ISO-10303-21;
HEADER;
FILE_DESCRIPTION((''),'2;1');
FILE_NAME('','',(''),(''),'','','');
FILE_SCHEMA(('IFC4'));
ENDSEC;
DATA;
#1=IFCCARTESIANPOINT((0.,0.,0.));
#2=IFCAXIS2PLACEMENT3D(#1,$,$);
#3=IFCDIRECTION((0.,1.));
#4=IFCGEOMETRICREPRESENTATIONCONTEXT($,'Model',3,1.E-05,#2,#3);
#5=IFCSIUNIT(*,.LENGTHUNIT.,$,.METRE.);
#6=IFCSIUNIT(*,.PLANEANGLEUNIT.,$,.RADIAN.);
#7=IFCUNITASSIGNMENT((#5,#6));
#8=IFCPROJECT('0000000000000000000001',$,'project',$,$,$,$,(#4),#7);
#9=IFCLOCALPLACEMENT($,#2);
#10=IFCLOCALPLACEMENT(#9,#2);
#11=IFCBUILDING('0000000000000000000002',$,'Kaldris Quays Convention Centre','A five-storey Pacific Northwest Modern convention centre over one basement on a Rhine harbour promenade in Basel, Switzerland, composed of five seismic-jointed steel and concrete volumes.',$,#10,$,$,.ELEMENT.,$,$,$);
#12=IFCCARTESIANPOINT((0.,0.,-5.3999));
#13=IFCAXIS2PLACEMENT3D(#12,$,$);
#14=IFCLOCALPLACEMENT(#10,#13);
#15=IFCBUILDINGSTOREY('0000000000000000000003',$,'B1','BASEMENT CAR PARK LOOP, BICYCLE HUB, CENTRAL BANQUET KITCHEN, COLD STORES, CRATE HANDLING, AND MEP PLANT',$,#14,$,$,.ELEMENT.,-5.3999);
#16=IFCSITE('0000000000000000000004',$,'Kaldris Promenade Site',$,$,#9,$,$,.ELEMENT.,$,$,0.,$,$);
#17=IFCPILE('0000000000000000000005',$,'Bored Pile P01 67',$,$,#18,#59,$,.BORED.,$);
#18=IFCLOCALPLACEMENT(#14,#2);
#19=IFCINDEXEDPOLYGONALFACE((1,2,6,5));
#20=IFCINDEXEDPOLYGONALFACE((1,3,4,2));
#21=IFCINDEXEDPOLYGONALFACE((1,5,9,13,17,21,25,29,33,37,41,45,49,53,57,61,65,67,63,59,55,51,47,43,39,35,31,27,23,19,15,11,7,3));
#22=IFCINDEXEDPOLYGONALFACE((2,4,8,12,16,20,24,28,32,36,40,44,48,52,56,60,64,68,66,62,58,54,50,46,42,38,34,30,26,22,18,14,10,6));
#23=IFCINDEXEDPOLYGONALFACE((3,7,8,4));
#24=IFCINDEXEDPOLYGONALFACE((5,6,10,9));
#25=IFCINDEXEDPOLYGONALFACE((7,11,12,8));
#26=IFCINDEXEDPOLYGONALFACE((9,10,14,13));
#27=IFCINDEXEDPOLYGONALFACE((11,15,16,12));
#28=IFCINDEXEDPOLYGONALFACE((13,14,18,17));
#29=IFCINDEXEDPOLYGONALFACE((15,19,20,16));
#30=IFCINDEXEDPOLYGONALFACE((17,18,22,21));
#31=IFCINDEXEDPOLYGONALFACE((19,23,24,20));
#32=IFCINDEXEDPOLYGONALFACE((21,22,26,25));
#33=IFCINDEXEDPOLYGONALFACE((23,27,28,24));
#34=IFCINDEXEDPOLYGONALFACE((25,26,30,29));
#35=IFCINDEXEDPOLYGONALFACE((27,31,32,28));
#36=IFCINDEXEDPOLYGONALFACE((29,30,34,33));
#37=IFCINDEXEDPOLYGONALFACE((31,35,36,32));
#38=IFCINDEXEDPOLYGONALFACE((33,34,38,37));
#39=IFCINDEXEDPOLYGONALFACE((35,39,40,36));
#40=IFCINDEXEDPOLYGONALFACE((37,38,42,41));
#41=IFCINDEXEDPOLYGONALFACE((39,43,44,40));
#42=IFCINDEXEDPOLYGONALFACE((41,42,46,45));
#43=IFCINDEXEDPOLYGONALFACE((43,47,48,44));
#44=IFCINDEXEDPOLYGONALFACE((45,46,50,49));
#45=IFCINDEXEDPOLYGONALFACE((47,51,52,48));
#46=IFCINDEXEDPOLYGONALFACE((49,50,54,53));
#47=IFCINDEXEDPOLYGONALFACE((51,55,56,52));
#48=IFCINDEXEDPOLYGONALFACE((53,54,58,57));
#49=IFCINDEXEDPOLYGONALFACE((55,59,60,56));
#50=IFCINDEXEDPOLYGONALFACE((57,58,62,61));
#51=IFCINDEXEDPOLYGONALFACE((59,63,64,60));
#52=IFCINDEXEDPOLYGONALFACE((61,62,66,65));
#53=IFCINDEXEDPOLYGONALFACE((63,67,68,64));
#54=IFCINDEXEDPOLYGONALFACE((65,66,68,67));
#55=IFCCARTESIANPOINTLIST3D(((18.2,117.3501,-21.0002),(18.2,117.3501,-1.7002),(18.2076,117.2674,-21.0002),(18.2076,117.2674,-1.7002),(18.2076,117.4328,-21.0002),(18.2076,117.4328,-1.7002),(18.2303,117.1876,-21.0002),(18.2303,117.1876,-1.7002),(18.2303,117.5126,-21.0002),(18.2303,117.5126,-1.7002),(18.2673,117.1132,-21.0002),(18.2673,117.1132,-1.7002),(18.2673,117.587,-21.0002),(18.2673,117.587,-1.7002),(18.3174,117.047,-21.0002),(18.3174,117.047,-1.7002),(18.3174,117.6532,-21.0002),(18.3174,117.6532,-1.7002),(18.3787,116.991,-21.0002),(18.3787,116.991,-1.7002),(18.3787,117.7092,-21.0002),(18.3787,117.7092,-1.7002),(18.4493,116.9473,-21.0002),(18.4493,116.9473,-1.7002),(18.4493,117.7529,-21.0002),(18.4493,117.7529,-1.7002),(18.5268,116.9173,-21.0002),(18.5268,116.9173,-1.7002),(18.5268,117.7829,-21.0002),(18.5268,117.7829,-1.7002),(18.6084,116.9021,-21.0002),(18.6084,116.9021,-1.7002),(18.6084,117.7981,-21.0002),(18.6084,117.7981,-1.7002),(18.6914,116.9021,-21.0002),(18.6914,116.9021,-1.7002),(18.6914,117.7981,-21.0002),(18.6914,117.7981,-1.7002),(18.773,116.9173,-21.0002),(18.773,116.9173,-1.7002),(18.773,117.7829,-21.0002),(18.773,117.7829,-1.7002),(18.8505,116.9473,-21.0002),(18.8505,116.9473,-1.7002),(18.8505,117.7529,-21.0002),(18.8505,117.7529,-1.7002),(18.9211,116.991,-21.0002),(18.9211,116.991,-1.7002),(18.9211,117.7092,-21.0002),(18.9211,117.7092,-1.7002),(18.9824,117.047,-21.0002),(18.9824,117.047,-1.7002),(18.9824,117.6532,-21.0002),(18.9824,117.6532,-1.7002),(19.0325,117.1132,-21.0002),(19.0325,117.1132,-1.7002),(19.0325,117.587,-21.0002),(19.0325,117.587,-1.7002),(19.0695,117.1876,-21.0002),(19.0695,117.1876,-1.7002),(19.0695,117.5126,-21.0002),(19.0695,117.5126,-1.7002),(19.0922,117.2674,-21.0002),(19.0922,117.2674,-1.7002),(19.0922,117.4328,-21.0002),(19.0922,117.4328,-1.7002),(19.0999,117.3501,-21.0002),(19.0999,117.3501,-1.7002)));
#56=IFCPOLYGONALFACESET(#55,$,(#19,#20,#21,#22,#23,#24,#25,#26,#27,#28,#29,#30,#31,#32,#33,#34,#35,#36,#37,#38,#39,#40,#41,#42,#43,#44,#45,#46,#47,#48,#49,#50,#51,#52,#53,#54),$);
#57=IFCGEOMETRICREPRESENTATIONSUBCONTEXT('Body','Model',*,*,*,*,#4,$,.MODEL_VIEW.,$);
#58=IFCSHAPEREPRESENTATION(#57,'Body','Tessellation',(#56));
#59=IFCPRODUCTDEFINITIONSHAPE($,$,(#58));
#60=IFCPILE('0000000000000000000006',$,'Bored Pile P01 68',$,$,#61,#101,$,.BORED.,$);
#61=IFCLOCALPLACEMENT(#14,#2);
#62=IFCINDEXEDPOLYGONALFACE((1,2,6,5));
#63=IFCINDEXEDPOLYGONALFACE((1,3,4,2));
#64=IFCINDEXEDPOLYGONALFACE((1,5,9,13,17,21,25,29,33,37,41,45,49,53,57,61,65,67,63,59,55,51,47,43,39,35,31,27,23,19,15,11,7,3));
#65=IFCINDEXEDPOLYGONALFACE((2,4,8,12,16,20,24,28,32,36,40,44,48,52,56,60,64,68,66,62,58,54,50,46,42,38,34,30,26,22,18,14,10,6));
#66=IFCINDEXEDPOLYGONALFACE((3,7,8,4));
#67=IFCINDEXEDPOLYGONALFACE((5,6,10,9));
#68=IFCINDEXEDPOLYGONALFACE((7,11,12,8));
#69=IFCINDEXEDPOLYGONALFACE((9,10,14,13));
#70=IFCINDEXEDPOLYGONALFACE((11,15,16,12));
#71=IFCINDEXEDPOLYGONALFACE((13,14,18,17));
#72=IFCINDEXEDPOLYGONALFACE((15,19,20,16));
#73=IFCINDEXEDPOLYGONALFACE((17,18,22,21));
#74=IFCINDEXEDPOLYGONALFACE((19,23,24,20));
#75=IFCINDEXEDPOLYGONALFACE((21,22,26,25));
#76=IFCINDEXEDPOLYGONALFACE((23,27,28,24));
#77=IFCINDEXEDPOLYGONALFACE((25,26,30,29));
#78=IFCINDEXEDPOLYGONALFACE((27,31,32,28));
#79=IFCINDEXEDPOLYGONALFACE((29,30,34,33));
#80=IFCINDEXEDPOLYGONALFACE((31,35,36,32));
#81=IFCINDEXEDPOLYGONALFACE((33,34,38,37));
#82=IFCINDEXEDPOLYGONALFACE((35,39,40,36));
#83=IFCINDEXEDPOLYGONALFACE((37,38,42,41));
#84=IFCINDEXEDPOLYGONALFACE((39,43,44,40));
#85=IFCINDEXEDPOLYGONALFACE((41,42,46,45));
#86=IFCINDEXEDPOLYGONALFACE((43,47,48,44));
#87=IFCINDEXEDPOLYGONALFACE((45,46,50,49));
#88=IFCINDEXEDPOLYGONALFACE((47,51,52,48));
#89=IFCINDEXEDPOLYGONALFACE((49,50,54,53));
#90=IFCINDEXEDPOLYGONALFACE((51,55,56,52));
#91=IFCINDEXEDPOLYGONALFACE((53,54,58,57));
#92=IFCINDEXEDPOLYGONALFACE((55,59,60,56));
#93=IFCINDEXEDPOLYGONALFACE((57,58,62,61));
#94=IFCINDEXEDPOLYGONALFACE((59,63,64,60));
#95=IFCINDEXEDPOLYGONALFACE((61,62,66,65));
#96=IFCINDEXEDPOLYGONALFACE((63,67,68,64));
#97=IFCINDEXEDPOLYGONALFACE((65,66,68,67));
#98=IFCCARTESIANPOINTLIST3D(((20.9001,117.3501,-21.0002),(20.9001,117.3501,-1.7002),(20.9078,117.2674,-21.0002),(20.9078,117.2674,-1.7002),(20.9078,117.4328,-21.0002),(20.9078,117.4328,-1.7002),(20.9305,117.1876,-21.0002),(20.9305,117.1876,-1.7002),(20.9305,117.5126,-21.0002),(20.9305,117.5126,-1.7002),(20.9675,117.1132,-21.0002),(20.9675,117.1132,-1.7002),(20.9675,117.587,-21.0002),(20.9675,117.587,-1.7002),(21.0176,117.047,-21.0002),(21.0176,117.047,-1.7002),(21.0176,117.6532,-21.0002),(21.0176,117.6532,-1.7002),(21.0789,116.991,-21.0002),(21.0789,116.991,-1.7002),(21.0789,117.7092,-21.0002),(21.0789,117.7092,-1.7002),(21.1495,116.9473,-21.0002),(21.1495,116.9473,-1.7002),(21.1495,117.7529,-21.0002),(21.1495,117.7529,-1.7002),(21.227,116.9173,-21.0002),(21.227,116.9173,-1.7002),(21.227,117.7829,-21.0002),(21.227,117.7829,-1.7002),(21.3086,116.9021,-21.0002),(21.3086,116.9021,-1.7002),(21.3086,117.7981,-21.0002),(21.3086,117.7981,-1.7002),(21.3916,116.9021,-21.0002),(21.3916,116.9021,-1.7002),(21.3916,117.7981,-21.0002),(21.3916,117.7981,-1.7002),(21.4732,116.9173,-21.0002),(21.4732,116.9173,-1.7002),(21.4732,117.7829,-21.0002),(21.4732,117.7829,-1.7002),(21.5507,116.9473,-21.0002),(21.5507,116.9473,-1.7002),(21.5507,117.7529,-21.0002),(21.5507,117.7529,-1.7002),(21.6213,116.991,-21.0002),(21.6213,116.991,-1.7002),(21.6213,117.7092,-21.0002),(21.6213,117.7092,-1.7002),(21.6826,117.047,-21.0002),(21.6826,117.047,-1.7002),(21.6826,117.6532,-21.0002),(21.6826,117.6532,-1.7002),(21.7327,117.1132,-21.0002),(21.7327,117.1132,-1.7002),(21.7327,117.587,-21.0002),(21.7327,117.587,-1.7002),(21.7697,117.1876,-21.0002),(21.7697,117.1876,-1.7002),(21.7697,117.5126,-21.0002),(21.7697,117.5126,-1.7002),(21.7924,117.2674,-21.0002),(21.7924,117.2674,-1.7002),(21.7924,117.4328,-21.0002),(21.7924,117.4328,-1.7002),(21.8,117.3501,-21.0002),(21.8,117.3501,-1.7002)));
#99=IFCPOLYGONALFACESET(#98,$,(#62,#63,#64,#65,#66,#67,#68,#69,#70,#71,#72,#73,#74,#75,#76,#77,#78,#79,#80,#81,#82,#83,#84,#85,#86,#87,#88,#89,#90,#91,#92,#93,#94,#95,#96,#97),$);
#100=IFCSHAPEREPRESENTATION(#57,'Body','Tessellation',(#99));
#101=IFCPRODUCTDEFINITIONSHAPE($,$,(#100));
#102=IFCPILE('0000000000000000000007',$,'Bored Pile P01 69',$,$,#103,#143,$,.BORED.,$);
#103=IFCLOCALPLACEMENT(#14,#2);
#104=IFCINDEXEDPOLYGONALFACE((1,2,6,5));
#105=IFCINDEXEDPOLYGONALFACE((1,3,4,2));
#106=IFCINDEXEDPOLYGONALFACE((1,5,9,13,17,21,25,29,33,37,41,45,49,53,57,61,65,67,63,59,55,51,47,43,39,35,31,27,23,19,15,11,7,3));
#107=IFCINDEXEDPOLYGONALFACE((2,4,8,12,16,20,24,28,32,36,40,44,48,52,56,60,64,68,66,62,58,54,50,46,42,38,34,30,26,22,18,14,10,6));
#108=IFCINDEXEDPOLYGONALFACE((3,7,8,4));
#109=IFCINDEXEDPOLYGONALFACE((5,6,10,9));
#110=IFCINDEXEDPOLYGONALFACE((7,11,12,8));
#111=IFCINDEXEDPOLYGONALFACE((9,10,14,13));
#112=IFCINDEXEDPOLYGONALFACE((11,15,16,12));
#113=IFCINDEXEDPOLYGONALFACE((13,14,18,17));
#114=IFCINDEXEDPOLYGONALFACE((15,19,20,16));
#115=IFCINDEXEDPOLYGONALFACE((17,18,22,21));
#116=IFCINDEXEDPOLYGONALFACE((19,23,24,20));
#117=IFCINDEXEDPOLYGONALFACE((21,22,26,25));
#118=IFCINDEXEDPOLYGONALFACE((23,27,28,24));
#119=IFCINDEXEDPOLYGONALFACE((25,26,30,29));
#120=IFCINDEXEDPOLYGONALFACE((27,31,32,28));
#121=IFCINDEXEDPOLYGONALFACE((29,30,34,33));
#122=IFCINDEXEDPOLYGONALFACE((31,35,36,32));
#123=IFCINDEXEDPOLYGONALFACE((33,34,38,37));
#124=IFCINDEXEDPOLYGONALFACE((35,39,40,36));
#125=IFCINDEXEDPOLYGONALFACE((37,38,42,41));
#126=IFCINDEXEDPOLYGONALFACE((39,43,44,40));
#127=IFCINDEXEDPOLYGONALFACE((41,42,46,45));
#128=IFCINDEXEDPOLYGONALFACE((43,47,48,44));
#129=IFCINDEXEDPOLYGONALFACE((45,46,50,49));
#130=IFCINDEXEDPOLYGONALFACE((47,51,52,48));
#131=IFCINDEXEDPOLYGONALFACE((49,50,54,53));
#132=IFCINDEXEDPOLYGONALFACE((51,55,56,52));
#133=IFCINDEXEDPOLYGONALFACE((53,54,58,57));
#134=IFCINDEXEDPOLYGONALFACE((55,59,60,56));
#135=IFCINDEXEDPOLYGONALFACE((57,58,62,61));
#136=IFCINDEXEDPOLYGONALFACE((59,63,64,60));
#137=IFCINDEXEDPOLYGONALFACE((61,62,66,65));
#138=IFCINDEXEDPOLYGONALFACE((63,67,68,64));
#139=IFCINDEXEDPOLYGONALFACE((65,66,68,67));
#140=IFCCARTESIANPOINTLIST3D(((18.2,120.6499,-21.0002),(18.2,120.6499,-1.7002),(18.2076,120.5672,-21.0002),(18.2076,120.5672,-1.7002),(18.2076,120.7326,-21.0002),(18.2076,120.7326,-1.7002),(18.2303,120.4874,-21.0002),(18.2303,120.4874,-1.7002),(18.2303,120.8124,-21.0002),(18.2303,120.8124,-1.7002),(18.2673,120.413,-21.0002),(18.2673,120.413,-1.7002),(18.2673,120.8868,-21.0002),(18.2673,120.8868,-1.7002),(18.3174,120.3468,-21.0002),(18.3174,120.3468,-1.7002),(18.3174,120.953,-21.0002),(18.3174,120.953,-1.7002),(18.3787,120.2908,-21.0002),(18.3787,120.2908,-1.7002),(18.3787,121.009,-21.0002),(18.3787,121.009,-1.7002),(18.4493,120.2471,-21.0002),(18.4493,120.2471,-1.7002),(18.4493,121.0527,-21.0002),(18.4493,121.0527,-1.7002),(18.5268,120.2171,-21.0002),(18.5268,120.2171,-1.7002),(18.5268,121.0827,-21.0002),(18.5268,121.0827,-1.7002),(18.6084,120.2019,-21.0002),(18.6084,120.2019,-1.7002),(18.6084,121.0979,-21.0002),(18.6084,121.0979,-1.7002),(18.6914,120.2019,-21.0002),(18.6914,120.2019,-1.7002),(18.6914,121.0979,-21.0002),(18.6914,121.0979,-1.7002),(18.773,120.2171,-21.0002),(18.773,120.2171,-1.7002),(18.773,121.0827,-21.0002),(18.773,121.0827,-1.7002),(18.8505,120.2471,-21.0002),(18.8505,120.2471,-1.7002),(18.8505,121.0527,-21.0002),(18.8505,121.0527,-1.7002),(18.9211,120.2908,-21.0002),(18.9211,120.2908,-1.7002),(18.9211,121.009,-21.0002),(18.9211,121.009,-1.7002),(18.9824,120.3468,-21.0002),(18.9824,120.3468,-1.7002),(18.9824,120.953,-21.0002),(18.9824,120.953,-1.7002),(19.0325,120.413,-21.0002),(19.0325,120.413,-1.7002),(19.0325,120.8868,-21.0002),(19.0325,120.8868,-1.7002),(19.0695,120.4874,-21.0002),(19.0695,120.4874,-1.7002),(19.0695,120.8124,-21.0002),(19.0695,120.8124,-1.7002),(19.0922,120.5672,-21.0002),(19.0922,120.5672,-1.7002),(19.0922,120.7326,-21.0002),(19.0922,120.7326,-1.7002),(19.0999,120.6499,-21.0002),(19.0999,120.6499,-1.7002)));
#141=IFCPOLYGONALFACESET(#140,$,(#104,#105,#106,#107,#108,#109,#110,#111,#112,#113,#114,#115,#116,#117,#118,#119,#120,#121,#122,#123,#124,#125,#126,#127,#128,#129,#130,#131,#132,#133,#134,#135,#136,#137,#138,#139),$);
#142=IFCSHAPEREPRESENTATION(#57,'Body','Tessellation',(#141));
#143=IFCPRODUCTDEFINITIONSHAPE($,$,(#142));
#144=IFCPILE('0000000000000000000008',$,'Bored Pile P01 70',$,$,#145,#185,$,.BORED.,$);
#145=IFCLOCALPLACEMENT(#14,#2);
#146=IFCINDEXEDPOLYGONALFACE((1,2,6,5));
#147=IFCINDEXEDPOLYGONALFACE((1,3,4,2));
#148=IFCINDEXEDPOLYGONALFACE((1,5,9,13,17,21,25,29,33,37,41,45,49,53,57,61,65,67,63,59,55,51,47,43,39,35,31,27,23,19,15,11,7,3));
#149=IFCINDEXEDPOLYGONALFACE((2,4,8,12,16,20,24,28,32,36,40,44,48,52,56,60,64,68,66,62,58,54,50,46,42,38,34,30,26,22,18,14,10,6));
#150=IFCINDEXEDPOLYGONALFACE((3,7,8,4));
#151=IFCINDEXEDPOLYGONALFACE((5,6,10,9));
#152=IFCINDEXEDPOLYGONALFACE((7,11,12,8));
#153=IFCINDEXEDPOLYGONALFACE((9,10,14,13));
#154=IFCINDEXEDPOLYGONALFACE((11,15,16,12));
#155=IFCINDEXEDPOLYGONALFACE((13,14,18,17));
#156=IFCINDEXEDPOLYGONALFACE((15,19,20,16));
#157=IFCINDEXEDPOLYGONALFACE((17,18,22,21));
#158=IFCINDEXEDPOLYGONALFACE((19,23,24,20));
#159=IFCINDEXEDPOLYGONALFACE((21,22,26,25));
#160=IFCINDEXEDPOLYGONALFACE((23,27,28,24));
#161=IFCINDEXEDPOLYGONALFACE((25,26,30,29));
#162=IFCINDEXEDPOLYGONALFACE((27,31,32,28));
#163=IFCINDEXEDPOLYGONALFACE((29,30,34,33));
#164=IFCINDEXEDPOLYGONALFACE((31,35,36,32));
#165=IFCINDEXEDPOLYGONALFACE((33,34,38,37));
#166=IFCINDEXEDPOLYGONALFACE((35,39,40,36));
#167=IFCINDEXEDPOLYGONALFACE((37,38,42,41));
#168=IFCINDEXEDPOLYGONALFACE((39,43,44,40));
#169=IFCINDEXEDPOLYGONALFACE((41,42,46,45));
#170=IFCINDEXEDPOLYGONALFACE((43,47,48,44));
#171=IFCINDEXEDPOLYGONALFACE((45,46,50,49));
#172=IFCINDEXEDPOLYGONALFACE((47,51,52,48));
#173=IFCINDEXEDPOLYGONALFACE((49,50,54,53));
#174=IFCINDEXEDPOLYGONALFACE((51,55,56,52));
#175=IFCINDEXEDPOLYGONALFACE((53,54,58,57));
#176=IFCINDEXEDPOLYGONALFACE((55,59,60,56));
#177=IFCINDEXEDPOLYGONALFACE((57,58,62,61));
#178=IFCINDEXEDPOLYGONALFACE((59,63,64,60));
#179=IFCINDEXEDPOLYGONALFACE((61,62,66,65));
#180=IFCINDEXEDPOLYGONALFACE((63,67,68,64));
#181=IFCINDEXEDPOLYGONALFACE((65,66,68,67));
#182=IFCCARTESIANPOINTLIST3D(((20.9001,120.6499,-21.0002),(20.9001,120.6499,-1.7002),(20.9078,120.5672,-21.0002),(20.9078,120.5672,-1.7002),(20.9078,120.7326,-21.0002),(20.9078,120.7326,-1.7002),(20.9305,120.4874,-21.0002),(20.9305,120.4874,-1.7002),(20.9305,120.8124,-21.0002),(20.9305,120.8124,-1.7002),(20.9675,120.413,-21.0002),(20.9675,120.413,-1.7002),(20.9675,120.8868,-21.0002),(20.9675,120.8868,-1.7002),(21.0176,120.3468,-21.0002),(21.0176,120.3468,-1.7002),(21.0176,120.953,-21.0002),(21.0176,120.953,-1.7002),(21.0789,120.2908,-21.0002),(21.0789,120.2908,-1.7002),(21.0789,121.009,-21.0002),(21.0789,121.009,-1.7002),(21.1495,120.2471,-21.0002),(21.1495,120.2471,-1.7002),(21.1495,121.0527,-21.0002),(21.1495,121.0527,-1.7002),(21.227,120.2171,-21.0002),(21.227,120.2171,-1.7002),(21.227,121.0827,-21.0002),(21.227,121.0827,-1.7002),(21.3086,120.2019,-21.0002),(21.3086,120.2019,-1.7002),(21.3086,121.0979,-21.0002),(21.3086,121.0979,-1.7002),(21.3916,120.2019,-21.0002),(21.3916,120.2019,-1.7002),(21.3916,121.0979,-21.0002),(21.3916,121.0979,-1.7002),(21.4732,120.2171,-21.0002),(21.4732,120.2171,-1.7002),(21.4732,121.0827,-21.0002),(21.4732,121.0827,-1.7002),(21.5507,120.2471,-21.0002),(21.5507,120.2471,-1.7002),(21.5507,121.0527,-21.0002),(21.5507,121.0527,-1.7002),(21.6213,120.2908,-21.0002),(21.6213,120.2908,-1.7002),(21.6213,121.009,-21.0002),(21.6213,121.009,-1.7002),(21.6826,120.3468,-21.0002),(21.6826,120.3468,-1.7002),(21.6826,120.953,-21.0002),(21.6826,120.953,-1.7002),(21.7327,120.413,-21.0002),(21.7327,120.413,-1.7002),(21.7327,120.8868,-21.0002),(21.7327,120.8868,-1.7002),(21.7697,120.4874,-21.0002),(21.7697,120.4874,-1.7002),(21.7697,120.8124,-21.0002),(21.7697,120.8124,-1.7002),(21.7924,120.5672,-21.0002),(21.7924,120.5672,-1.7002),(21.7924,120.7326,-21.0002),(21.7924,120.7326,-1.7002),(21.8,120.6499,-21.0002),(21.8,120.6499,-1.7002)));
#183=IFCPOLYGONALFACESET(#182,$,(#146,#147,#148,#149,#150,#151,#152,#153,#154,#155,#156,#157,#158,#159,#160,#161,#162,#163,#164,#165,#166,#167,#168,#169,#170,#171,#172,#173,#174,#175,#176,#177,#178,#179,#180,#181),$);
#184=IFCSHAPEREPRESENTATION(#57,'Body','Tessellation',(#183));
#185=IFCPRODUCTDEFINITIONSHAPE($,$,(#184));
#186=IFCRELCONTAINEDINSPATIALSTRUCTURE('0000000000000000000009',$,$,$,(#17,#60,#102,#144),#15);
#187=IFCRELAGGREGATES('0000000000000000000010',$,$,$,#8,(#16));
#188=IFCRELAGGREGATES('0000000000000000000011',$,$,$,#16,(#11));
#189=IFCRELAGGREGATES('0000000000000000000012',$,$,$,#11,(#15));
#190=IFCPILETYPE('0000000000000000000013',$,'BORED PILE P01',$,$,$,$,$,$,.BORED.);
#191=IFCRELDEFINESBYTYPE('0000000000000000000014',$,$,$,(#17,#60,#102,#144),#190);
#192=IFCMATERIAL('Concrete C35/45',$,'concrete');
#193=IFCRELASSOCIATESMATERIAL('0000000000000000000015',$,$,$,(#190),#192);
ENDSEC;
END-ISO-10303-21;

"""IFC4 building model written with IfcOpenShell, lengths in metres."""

from ifc_helpers import new_model, si_unit, direction, frame, origin, origin_2d, place, context, subcontext, project, spatial, circle, extrude, material, material_profile, profile_set, type_object, element, save


model = new_model("IFC4")

# Units and contexts
model_context = context("Model", 3, precision=1e-05, world=origin(), true_north=direction((0.0, 1.0)))
body_context = subcontext(model_context, "Body", "Model", "MODEL_VIEW")
ifc_project = project(units=[si_unit("LENGTHUNIT", "METRE"), si_unit("PLANEANGLEUNIT", "RADIAN")], contexts=[model_context])

# Site, building, storey
site_placement = place(None, origin())
site = spatial("IfcSite", under=ifc_project, at=site_placement, Name="Kaldris Promenade Site", CompositionType="ELEMENT", RefElevation=0.0)
building_placement = place(site_placement, origin())
building = spatial("IfcBuilding", under=site, at=building_placement, Name="Kaldris Quays Convention Centre", Description="A five-storey Pacific Northwest Modern convention centre over one basement on a Rhine harbour promenade in Basel, Switzerland, composed of five seismic-jointed steel and concrete volumes.", CompositionType="ELEMENT")
storey_placement = place(building_placement, frame((0.0, 0.0, -5.3999)))
storey = spatial("IfcBuildingStorey", under=building, at=storey_placement, Name="B1", Description="BASEMENT CAR PARK LOOP, BICYCLE HUB, CENTRAL BANQUET KITCHEN, COLD STORES, CRATE HANDLING, AND MEP PLANT", CompositionType="ELEMENT", Elevation=-5.3999)

# Piles
ifc_material_1 = material(Name="Concrete C35/45", Category="concrete")
ifc_material_profile_1 = material_profile(ifc_material_1, circle(Radius=0.45, at=origin_2d()), Name="BORED PILE D900")
ifc_profile_set_1 = profile_set([ifc_material_profile_1], Name="Concrete C35/45")
pile_type = type_object("IfcPileType", Name="BORED PILE P01", PredefinedType="BORED", material=ifc_profile_set_1)
for number, where, z_axis, x_axis, name in (
    (1, (18.6499, 117.3501, -1.7002), (0.0, 0.0, -1.0), (1.0, 0.0, 0.0), "Bored Pile P01 67"),
    (2, (21.3501, 117.3501, -1.7002), (0.0, 0.0, -1.0), (1.0, 0.0, 0.0), "Bored Pile P01 68"),
    (3, (18.6499, 120.6499, -1.7002), (0.0, 0.0, -1.0), (1.0, 0.0, 0.0), "Bored Pile P01 69"),
    (4, (21.3501, 120.6499, -1.7002), (0.0, 0.0, -1.0), (1.0, 0.0, 0.0), "Bored Pile P01 70"),
):
    element("IfcPile", number, at=place(storey_placement, frame(where, z_axis=z_axis, x_axis=x_axis)), inside=storey, type_object=pile_type, Name=name, PredefinedType="BORED", context=body_context, shape_type="SweptSolid", body=[
        extrude(circle(Radius=0.45, at=origin_2d()), origin(), (0.0, 0.0, 1.0), 19.3),
    ])

save(model, "model.ifc")
